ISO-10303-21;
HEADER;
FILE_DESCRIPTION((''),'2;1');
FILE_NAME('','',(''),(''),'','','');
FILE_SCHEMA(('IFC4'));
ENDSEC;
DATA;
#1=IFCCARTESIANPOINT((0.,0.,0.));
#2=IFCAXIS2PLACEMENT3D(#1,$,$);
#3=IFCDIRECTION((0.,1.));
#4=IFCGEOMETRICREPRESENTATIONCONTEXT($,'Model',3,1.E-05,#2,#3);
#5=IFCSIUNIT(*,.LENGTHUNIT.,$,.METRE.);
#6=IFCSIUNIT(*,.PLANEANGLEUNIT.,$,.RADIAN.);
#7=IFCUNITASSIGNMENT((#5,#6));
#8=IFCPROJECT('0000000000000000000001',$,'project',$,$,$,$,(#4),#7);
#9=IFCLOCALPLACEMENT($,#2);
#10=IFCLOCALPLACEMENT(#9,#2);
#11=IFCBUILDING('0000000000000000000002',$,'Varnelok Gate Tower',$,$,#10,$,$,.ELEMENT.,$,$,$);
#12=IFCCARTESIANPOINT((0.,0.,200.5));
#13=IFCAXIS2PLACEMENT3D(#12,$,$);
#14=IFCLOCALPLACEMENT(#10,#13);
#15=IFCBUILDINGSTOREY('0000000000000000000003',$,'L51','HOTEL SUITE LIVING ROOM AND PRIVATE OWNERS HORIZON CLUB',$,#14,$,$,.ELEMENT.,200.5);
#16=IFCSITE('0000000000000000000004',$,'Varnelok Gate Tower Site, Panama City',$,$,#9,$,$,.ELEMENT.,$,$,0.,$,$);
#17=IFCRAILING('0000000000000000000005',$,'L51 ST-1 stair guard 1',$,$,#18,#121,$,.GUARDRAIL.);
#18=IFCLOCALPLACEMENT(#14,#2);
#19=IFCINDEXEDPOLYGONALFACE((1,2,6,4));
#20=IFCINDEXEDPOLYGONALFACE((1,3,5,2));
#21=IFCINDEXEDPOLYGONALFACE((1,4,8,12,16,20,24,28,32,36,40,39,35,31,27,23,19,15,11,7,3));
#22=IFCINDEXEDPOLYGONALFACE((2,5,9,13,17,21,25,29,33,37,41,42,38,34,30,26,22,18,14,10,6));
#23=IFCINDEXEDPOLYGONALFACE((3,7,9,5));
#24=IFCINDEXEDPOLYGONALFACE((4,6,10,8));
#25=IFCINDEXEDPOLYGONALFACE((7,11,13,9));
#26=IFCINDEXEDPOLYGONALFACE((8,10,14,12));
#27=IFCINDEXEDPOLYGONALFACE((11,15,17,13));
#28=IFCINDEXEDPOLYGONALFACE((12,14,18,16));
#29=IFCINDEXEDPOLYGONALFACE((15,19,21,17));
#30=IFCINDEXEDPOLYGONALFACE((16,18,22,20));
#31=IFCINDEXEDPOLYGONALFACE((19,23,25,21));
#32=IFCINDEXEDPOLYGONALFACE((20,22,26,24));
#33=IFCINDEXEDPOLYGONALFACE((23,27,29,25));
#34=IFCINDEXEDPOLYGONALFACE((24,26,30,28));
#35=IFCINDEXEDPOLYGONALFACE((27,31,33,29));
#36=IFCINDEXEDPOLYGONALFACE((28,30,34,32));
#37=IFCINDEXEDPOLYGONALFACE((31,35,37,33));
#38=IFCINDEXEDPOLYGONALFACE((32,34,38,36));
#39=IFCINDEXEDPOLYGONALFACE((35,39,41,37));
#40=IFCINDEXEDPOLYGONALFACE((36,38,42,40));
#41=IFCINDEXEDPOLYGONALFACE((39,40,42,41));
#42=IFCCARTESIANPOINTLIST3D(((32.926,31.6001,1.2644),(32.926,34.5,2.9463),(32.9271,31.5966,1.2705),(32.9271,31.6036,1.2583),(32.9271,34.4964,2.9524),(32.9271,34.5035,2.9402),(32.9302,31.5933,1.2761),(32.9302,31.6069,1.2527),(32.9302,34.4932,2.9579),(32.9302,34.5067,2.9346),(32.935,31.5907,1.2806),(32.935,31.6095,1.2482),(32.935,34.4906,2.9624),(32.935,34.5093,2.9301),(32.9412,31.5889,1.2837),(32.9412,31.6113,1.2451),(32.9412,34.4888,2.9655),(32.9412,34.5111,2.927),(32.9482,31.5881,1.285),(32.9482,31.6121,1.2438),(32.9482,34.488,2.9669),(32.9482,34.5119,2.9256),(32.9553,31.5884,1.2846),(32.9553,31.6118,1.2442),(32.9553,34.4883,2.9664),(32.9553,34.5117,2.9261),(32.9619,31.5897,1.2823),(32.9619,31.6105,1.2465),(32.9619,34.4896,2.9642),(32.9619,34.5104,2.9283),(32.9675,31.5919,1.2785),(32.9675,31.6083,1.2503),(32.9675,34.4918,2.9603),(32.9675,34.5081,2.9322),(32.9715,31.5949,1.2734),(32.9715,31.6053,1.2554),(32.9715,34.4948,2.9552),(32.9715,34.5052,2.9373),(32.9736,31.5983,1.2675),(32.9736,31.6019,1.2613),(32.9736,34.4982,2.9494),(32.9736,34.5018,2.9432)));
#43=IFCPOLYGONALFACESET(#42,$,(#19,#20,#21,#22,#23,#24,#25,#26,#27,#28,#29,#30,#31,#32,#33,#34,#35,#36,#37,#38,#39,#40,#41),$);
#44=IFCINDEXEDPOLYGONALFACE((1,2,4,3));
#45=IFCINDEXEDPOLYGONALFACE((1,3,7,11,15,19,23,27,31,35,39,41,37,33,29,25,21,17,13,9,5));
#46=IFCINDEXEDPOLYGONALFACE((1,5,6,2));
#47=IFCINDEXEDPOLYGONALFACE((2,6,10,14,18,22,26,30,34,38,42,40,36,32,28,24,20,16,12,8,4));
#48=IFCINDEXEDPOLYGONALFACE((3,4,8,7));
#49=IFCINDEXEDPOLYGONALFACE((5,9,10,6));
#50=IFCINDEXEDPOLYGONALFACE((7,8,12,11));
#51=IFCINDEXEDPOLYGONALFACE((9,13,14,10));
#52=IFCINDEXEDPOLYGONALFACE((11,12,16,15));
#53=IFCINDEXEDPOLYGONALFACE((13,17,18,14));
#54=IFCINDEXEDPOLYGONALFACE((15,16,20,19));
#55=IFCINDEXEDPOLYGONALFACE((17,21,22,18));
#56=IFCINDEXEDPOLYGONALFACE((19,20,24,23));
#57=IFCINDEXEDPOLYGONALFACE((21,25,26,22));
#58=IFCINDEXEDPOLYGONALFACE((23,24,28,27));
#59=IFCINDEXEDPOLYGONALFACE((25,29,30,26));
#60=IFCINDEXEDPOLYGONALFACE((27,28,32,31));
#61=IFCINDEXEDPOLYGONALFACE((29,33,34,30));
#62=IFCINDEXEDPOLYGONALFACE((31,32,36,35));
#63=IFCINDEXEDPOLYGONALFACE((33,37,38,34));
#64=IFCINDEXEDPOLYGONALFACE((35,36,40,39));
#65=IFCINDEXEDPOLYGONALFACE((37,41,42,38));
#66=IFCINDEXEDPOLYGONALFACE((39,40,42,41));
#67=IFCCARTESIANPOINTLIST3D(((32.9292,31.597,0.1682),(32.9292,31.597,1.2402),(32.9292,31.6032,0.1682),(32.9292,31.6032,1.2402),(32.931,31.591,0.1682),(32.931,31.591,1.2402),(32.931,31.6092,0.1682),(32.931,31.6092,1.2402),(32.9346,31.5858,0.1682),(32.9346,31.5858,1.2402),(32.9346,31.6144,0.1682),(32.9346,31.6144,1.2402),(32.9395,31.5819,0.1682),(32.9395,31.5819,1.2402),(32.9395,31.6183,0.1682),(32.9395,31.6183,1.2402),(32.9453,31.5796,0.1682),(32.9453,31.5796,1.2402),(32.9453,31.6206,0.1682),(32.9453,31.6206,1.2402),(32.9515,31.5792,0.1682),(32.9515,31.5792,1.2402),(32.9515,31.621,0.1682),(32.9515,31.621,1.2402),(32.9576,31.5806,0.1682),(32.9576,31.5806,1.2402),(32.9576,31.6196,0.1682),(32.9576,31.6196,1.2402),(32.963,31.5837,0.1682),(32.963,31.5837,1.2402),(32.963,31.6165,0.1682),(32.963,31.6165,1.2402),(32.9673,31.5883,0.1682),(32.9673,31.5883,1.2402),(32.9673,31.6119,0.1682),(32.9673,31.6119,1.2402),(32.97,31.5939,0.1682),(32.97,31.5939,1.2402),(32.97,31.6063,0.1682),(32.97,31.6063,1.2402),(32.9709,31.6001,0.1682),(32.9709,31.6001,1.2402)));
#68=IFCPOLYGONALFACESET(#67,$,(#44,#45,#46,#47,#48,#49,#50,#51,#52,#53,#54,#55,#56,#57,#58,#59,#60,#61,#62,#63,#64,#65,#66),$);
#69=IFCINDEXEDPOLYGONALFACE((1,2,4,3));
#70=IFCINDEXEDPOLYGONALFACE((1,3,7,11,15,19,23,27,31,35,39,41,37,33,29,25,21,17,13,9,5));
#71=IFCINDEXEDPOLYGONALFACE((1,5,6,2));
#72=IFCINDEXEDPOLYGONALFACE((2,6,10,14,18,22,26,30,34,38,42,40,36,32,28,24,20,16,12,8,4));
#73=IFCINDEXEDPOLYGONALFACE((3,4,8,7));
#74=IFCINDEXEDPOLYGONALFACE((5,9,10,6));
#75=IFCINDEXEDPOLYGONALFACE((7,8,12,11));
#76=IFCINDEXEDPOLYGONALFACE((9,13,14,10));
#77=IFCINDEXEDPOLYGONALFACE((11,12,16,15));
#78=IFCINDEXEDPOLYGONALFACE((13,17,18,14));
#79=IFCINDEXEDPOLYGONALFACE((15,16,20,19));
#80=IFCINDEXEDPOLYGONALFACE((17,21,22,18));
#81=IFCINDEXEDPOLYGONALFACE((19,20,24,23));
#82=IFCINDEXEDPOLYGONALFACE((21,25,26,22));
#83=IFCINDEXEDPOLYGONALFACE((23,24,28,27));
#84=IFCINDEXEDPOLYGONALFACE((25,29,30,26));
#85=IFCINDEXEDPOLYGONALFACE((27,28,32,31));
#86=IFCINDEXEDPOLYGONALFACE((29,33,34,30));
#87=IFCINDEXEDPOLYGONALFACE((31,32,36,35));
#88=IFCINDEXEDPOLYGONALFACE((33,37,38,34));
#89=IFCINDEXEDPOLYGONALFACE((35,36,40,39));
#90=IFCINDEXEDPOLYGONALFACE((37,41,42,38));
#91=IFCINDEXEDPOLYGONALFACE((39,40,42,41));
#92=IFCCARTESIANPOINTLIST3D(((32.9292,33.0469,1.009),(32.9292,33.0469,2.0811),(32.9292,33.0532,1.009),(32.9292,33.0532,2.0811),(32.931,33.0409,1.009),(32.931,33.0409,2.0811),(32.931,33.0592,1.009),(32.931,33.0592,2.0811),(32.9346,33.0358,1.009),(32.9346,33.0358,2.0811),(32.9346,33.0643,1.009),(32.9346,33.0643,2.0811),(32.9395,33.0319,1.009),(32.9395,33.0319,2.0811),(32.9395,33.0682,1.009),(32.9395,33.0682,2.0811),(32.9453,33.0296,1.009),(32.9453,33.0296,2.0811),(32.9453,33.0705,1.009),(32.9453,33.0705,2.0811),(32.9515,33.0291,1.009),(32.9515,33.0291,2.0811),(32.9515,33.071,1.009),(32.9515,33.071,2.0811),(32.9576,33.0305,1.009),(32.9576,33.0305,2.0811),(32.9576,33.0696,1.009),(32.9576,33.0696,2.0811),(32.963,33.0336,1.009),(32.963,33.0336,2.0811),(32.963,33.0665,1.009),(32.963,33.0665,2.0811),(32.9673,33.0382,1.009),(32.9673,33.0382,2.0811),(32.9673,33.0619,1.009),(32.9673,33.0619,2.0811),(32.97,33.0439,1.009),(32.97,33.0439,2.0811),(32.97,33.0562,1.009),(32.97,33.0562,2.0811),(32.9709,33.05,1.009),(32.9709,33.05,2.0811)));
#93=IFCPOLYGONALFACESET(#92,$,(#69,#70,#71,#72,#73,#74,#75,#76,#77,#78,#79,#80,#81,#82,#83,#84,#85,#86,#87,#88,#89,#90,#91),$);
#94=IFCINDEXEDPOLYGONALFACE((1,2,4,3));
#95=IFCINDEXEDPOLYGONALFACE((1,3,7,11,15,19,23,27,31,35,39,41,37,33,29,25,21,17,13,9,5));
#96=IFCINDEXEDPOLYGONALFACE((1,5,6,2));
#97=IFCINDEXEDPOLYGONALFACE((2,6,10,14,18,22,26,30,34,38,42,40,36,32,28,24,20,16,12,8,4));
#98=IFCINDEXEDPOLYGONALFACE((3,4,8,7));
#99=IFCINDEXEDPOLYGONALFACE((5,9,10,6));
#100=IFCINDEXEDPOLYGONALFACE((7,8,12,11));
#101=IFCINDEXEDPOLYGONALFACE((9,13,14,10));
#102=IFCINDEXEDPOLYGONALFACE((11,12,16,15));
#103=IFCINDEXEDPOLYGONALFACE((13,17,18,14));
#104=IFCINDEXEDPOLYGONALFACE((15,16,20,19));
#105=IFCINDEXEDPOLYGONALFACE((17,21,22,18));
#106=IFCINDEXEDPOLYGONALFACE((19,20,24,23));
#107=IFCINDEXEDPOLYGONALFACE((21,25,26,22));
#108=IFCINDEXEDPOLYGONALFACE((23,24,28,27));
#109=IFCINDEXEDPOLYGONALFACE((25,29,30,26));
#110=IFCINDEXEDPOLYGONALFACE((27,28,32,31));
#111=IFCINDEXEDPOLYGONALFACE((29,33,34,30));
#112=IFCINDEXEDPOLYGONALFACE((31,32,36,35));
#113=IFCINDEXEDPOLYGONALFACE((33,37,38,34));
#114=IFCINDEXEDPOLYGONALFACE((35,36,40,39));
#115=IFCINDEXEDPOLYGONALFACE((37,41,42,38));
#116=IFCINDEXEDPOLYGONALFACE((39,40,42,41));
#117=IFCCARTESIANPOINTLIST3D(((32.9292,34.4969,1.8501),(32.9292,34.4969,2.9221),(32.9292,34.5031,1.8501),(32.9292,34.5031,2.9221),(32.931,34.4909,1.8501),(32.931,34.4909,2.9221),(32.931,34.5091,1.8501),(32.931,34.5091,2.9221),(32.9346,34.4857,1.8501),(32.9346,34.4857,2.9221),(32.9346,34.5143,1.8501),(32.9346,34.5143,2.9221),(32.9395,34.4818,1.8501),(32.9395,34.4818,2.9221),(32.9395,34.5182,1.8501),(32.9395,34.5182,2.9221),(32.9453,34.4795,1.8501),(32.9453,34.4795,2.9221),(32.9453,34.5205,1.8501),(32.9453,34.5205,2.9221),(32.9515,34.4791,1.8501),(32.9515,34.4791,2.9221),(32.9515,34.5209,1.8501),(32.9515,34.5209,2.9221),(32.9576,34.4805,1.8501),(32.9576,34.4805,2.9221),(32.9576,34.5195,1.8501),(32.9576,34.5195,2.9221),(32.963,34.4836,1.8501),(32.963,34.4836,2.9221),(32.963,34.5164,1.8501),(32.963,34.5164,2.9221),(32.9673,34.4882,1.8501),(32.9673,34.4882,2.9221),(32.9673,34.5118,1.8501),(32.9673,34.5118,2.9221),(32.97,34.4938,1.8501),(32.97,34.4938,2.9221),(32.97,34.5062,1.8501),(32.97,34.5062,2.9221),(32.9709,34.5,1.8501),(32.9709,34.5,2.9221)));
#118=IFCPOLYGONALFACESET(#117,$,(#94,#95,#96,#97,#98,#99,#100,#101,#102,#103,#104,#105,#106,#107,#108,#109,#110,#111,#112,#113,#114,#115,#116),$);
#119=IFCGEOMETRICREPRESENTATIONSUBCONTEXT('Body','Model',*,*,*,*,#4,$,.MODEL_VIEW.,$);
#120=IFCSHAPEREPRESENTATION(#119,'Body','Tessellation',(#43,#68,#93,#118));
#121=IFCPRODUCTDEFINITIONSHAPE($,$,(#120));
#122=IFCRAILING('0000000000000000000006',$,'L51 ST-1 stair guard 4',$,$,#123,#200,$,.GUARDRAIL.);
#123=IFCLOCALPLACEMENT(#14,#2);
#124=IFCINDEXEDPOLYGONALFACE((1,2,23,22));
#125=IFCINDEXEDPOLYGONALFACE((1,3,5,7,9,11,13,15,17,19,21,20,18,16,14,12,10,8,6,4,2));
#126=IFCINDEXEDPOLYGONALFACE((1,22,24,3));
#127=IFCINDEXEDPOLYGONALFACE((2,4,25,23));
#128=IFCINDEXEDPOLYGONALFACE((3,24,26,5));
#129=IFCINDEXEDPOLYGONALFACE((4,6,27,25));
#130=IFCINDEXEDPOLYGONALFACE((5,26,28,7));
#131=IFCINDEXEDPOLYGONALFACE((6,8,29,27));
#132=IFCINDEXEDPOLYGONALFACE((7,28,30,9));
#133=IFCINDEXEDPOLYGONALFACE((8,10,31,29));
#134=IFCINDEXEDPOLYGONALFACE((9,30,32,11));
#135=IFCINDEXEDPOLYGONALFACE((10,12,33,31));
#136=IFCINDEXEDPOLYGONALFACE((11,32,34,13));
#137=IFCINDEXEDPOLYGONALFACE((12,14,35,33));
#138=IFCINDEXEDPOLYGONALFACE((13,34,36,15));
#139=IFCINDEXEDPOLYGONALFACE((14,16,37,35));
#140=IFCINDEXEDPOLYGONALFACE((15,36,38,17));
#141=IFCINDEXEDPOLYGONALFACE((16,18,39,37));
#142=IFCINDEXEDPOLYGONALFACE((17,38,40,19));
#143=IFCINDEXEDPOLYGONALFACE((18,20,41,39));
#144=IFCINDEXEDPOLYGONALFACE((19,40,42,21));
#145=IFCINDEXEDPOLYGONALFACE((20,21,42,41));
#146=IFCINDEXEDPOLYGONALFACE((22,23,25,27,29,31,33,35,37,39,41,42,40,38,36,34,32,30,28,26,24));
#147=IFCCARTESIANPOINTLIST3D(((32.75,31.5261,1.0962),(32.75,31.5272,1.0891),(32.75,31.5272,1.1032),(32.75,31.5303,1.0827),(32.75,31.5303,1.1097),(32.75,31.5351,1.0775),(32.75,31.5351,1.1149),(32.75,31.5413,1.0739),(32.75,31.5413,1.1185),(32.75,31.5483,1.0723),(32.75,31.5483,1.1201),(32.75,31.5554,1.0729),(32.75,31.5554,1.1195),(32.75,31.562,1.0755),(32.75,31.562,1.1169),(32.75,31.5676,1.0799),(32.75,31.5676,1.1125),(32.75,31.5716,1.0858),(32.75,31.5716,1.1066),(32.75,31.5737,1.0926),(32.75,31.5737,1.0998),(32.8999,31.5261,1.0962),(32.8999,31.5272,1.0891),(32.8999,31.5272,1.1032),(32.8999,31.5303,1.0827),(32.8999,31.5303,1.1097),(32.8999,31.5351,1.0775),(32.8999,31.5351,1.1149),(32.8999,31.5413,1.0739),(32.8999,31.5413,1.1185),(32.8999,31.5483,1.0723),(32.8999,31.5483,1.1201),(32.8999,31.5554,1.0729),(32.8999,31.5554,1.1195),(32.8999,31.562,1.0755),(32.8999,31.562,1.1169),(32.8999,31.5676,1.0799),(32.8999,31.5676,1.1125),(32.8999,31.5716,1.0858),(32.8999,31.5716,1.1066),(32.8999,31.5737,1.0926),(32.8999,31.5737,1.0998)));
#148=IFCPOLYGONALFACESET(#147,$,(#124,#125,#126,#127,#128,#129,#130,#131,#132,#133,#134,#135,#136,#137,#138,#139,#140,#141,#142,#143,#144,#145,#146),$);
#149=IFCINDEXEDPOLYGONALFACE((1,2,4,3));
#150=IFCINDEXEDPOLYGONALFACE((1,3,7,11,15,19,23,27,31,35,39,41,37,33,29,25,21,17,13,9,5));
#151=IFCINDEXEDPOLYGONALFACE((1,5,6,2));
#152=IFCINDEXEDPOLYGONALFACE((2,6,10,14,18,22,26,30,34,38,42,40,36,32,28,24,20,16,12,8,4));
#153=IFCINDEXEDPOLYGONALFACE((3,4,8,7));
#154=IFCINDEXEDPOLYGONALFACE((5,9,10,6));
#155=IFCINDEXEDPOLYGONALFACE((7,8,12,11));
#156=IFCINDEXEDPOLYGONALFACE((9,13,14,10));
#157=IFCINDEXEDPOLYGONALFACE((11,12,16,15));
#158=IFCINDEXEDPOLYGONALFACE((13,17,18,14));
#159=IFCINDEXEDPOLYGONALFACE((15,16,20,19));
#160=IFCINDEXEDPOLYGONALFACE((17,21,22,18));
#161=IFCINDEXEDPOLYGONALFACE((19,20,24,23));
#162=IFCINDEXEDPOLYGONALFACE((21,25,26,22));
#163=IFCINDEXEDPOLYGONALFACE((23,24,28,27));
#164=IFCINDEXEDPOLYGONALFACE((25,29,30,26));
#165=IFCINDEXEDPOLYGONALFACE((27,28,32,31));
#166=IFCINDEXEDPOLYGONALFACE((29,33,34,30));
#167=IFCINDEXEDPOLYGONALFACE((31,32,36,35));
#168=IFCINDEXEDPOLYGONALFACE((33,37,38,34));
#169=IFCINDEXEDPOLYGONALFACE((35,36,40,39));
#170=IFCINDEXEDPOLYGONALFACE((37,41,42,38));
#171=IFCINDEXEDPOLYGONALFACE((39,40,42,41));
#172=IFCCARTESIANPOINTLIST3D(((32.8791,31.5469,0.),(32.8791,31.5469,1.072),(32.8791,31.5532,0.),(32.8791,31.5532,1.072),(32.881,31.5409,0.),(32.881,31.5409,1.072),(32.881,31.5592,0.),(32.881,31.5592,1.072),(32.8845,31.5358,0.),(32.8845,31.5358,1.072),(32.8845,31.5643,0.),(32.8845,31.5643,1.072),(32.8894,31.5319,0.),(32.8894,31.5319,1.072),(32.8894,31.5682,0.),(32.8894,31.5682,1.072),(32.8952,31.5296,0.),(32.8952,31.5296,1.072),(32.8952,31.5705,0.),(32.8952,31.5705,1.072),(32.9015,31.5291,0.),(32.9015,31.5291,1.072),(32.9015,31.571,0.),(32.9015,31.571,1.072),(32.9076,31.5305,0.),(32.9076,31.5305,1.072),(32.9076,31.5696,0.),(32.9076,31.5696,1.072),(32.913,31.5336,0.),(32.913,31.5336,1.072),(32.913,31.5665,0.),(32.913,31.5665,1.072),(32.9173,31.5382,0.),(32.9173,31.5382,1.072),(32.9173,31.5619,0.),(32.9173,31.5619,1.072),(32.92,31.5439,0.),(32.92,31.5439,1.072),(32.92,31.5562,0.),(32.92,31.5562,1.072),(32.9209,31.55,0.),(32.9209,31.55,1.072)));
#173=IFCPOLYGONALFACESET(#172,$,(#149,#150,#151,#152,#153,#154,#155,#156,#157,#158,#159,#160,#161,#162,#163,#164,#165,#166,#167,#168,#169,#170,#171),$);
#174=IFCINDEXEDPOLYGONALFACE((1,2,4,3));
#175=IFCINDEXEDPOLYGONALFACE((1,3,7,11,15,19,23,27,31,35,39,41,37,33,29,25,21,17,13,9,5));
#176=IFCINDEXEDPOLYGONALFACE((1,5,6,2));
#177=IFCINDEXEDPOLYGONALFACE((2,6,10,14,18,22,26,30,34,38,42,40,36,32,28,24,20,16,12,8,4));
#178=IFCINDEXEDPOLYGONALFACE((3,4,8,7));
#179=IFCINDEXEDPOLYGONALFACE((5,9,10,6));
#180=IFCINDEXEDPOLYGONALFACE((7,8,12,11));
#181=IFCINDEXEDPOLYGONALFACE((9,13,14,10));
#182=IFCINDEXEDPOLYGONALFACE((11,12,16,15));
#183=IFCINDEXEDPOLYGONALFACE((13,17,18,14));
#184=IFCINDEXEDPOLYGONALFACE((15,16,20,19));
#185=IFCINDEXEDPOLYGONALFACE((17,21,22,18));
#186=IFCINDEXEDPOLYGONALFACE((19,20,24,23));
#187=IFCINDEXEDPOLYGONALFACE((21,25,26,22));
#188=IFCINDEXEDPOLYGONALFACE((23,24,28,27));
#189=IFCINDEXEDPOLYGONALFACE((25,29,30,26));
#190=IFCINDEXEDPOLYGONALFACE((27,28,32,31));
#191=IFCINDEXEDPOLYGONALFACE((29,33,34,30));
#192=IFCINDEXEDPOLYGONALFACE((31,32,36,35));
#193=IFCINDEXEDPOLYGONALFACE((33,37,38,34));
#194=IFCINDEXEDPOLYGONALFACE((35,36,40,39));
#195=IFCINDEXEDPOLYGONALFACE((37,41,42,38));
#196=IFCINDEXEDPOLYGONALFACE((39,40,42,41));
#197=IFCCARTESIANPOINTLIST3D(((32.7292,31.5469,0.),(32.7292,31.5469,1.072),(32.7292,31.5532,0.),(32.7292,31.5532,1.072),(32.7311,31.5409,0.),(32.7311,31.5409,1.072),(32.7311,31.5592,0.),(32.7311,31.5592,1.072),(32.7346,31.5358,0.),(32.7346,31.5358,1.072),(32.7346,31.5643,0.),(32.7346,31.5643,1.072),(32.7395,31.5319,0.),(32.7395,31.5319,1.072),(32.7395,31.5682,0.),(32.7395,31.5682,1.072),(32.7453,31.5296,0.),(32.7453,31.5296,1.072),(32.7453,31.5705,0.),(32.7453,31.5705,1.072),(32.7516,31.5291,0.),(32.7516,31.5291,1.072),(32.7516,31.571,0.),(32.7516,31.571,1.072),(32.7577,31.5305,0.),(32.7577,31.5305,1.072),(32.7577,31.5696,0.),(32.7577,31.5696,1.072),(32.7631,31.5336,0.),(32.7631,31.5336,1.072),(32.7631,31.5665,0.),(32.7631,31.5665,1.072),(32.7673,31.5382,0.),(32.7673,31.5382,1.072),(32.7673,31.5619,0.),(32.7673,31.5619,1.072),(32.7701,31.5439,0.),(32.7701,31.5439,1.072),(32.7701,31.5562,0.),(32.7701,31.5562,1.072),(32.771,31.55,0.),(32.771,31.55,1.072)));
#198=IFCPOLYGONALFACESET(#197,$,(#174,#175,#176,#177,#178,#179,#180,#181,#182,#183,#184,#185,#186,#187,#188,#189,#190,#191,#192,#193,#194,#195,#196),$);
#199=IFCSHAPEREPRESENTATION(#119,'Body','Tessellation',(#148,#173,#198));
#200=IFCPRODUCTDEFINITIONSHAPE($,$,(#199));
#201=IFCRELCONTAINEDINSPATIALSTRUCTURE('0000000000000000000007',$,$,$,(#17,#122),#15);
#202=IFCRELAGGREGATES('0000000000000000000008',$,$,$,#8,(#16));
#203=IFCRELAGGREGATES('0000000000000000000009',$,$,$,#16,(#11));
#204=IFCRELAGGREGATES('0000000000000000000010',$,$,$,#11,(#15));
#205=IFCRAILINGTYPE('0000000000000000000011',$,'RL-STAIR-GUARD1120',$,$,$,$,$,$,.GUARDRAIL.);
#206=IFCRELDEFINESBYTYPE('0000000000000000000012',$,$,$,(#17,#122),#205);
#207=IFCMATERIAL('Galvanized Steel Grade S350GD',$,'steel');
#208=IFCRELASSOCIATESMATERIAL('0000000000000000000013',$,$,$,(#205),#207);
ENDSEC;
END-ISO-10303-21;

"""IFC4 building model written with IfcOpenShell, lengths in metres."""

from ifc_helpers import new_model, si_unit, direction, frame, origin, origin_2d, place, context, subcontext, project, spatial, circle, extrude, material, type_object, element, save


model = new_model("IFC4")

# Units and contexts
model_context = context("Model", 3, precision=1e-05, world=origin(), true_north=direction((0.0, 1.0)))
body_context = subcontext(model_context, "Body", "Model", "MODEL_VIEW")
ifc_project = project(units=[si_unit("LENGTHUNIT", "METRE"), si_unit("PLANEANGLEUNIT", "RADIAN")], contexts=[model_context])

# Site, building, storey
site_placement = place(None, origin())
site = spatial("IfcSite", under=ifc_project, at=site_placement, Name="Varnelok Gate Tower Site, Panama City", CompositionType="ELEMENT", RefElevation=0.0)
building_placement = place(site_placement, origin())
building = spatial("IfcBuilding", under=site, at=building_placement, Name="Varnelok Gate Tower", CompositionType="ELEMENT")
storey_placement = place(building_placement, frame((0.0, 0.0, 200.5)))
storey = spatial("IfcBuildingStorey", under=building, at=storey_placement, Name="L51", Description="HOTEL SUITE LIVING ROOM AND PRIVATE OWNERS HORIZON CLUB", CompositionType="ELEMENT", Elevation=200.5)

# Shared definitions
ifc_material_1 = material(Name="Galvanized Steel Grade S350GD", Category="steel")

# Railings
railing_type_1 = type_object("IfcRailingType", Name="RL-STAIR-GUARD1120", PredefinedType="GUARDRAIL", material=ifc_material_1)
railing_1_placement = place(storey_placement, frame((32.95, 31.6001, 0.1682)))
element("IfcRailing", 1, at=railing_1_placement, inside=storey, type_object=railing_type_1, Name="L51 ST-1 stair guard 1", PredefinedType="GUARDRAIL", context=body_context, shape_type="SweptSolid", body=[
    extrude(circle(Radius=0.0239, at=origin_2d()), frame((0.0, 0.0, 1.0962), z_axis=(0.0, 0.865039, 0.501705), x_axis=(-1.0, 0.0, 0.0)), (0.0, 0.0, 1.0), 3.3523),
    extrude(circle(Radius=0.021, at=origin_2d()), origin(), (0.0, 0.0, 1.0), 1.072),
    extrude(circle(Radius=0.021, at=origin_2d()), frame((0.0, 1.45, 0.8408)), (0.0, 0.0, 1.0), 1.072),
    extrude(circle(Radius=0.021, at=origin_2d()), frame((0.0, 2.8999, 1.6819)), (0.0, 0.0, 1.0), 1.072),
])
railing_2_placement = place(storey_placement, frame((32.8999, 31.55, 0.0)))
element("IfcRailing", 2, at=railing_2_placement, inside=storey, type_object=railing_type_1, Name="L51 ST-1 stair guard 4", PredefinedType="GUARDRAIL", context=body_context, shape_type="SweptSolid", body=[
    extrude(circle(Radius=0.0239, at=origin_2d()), frame((0.0, 0.0, 1.0962), z_axis=(-1.0, 0.0, 0.0), x_axis=(0.0, -1.0, 0.0)), (0.0, 0.0, 1.0), 0.1499),
    extrude(circle(Radius=0.021, at=origin_2d()), origin(), (0.0, 0.0, 1.0), 1.072),
    extrude(circle(Radius=0.021, at=origin_2d()), frame((-0.1499, 0.0, 0.0)), (0.0, 0.0, 1.0), 1.072),
])

save(model, "model.ifc")
